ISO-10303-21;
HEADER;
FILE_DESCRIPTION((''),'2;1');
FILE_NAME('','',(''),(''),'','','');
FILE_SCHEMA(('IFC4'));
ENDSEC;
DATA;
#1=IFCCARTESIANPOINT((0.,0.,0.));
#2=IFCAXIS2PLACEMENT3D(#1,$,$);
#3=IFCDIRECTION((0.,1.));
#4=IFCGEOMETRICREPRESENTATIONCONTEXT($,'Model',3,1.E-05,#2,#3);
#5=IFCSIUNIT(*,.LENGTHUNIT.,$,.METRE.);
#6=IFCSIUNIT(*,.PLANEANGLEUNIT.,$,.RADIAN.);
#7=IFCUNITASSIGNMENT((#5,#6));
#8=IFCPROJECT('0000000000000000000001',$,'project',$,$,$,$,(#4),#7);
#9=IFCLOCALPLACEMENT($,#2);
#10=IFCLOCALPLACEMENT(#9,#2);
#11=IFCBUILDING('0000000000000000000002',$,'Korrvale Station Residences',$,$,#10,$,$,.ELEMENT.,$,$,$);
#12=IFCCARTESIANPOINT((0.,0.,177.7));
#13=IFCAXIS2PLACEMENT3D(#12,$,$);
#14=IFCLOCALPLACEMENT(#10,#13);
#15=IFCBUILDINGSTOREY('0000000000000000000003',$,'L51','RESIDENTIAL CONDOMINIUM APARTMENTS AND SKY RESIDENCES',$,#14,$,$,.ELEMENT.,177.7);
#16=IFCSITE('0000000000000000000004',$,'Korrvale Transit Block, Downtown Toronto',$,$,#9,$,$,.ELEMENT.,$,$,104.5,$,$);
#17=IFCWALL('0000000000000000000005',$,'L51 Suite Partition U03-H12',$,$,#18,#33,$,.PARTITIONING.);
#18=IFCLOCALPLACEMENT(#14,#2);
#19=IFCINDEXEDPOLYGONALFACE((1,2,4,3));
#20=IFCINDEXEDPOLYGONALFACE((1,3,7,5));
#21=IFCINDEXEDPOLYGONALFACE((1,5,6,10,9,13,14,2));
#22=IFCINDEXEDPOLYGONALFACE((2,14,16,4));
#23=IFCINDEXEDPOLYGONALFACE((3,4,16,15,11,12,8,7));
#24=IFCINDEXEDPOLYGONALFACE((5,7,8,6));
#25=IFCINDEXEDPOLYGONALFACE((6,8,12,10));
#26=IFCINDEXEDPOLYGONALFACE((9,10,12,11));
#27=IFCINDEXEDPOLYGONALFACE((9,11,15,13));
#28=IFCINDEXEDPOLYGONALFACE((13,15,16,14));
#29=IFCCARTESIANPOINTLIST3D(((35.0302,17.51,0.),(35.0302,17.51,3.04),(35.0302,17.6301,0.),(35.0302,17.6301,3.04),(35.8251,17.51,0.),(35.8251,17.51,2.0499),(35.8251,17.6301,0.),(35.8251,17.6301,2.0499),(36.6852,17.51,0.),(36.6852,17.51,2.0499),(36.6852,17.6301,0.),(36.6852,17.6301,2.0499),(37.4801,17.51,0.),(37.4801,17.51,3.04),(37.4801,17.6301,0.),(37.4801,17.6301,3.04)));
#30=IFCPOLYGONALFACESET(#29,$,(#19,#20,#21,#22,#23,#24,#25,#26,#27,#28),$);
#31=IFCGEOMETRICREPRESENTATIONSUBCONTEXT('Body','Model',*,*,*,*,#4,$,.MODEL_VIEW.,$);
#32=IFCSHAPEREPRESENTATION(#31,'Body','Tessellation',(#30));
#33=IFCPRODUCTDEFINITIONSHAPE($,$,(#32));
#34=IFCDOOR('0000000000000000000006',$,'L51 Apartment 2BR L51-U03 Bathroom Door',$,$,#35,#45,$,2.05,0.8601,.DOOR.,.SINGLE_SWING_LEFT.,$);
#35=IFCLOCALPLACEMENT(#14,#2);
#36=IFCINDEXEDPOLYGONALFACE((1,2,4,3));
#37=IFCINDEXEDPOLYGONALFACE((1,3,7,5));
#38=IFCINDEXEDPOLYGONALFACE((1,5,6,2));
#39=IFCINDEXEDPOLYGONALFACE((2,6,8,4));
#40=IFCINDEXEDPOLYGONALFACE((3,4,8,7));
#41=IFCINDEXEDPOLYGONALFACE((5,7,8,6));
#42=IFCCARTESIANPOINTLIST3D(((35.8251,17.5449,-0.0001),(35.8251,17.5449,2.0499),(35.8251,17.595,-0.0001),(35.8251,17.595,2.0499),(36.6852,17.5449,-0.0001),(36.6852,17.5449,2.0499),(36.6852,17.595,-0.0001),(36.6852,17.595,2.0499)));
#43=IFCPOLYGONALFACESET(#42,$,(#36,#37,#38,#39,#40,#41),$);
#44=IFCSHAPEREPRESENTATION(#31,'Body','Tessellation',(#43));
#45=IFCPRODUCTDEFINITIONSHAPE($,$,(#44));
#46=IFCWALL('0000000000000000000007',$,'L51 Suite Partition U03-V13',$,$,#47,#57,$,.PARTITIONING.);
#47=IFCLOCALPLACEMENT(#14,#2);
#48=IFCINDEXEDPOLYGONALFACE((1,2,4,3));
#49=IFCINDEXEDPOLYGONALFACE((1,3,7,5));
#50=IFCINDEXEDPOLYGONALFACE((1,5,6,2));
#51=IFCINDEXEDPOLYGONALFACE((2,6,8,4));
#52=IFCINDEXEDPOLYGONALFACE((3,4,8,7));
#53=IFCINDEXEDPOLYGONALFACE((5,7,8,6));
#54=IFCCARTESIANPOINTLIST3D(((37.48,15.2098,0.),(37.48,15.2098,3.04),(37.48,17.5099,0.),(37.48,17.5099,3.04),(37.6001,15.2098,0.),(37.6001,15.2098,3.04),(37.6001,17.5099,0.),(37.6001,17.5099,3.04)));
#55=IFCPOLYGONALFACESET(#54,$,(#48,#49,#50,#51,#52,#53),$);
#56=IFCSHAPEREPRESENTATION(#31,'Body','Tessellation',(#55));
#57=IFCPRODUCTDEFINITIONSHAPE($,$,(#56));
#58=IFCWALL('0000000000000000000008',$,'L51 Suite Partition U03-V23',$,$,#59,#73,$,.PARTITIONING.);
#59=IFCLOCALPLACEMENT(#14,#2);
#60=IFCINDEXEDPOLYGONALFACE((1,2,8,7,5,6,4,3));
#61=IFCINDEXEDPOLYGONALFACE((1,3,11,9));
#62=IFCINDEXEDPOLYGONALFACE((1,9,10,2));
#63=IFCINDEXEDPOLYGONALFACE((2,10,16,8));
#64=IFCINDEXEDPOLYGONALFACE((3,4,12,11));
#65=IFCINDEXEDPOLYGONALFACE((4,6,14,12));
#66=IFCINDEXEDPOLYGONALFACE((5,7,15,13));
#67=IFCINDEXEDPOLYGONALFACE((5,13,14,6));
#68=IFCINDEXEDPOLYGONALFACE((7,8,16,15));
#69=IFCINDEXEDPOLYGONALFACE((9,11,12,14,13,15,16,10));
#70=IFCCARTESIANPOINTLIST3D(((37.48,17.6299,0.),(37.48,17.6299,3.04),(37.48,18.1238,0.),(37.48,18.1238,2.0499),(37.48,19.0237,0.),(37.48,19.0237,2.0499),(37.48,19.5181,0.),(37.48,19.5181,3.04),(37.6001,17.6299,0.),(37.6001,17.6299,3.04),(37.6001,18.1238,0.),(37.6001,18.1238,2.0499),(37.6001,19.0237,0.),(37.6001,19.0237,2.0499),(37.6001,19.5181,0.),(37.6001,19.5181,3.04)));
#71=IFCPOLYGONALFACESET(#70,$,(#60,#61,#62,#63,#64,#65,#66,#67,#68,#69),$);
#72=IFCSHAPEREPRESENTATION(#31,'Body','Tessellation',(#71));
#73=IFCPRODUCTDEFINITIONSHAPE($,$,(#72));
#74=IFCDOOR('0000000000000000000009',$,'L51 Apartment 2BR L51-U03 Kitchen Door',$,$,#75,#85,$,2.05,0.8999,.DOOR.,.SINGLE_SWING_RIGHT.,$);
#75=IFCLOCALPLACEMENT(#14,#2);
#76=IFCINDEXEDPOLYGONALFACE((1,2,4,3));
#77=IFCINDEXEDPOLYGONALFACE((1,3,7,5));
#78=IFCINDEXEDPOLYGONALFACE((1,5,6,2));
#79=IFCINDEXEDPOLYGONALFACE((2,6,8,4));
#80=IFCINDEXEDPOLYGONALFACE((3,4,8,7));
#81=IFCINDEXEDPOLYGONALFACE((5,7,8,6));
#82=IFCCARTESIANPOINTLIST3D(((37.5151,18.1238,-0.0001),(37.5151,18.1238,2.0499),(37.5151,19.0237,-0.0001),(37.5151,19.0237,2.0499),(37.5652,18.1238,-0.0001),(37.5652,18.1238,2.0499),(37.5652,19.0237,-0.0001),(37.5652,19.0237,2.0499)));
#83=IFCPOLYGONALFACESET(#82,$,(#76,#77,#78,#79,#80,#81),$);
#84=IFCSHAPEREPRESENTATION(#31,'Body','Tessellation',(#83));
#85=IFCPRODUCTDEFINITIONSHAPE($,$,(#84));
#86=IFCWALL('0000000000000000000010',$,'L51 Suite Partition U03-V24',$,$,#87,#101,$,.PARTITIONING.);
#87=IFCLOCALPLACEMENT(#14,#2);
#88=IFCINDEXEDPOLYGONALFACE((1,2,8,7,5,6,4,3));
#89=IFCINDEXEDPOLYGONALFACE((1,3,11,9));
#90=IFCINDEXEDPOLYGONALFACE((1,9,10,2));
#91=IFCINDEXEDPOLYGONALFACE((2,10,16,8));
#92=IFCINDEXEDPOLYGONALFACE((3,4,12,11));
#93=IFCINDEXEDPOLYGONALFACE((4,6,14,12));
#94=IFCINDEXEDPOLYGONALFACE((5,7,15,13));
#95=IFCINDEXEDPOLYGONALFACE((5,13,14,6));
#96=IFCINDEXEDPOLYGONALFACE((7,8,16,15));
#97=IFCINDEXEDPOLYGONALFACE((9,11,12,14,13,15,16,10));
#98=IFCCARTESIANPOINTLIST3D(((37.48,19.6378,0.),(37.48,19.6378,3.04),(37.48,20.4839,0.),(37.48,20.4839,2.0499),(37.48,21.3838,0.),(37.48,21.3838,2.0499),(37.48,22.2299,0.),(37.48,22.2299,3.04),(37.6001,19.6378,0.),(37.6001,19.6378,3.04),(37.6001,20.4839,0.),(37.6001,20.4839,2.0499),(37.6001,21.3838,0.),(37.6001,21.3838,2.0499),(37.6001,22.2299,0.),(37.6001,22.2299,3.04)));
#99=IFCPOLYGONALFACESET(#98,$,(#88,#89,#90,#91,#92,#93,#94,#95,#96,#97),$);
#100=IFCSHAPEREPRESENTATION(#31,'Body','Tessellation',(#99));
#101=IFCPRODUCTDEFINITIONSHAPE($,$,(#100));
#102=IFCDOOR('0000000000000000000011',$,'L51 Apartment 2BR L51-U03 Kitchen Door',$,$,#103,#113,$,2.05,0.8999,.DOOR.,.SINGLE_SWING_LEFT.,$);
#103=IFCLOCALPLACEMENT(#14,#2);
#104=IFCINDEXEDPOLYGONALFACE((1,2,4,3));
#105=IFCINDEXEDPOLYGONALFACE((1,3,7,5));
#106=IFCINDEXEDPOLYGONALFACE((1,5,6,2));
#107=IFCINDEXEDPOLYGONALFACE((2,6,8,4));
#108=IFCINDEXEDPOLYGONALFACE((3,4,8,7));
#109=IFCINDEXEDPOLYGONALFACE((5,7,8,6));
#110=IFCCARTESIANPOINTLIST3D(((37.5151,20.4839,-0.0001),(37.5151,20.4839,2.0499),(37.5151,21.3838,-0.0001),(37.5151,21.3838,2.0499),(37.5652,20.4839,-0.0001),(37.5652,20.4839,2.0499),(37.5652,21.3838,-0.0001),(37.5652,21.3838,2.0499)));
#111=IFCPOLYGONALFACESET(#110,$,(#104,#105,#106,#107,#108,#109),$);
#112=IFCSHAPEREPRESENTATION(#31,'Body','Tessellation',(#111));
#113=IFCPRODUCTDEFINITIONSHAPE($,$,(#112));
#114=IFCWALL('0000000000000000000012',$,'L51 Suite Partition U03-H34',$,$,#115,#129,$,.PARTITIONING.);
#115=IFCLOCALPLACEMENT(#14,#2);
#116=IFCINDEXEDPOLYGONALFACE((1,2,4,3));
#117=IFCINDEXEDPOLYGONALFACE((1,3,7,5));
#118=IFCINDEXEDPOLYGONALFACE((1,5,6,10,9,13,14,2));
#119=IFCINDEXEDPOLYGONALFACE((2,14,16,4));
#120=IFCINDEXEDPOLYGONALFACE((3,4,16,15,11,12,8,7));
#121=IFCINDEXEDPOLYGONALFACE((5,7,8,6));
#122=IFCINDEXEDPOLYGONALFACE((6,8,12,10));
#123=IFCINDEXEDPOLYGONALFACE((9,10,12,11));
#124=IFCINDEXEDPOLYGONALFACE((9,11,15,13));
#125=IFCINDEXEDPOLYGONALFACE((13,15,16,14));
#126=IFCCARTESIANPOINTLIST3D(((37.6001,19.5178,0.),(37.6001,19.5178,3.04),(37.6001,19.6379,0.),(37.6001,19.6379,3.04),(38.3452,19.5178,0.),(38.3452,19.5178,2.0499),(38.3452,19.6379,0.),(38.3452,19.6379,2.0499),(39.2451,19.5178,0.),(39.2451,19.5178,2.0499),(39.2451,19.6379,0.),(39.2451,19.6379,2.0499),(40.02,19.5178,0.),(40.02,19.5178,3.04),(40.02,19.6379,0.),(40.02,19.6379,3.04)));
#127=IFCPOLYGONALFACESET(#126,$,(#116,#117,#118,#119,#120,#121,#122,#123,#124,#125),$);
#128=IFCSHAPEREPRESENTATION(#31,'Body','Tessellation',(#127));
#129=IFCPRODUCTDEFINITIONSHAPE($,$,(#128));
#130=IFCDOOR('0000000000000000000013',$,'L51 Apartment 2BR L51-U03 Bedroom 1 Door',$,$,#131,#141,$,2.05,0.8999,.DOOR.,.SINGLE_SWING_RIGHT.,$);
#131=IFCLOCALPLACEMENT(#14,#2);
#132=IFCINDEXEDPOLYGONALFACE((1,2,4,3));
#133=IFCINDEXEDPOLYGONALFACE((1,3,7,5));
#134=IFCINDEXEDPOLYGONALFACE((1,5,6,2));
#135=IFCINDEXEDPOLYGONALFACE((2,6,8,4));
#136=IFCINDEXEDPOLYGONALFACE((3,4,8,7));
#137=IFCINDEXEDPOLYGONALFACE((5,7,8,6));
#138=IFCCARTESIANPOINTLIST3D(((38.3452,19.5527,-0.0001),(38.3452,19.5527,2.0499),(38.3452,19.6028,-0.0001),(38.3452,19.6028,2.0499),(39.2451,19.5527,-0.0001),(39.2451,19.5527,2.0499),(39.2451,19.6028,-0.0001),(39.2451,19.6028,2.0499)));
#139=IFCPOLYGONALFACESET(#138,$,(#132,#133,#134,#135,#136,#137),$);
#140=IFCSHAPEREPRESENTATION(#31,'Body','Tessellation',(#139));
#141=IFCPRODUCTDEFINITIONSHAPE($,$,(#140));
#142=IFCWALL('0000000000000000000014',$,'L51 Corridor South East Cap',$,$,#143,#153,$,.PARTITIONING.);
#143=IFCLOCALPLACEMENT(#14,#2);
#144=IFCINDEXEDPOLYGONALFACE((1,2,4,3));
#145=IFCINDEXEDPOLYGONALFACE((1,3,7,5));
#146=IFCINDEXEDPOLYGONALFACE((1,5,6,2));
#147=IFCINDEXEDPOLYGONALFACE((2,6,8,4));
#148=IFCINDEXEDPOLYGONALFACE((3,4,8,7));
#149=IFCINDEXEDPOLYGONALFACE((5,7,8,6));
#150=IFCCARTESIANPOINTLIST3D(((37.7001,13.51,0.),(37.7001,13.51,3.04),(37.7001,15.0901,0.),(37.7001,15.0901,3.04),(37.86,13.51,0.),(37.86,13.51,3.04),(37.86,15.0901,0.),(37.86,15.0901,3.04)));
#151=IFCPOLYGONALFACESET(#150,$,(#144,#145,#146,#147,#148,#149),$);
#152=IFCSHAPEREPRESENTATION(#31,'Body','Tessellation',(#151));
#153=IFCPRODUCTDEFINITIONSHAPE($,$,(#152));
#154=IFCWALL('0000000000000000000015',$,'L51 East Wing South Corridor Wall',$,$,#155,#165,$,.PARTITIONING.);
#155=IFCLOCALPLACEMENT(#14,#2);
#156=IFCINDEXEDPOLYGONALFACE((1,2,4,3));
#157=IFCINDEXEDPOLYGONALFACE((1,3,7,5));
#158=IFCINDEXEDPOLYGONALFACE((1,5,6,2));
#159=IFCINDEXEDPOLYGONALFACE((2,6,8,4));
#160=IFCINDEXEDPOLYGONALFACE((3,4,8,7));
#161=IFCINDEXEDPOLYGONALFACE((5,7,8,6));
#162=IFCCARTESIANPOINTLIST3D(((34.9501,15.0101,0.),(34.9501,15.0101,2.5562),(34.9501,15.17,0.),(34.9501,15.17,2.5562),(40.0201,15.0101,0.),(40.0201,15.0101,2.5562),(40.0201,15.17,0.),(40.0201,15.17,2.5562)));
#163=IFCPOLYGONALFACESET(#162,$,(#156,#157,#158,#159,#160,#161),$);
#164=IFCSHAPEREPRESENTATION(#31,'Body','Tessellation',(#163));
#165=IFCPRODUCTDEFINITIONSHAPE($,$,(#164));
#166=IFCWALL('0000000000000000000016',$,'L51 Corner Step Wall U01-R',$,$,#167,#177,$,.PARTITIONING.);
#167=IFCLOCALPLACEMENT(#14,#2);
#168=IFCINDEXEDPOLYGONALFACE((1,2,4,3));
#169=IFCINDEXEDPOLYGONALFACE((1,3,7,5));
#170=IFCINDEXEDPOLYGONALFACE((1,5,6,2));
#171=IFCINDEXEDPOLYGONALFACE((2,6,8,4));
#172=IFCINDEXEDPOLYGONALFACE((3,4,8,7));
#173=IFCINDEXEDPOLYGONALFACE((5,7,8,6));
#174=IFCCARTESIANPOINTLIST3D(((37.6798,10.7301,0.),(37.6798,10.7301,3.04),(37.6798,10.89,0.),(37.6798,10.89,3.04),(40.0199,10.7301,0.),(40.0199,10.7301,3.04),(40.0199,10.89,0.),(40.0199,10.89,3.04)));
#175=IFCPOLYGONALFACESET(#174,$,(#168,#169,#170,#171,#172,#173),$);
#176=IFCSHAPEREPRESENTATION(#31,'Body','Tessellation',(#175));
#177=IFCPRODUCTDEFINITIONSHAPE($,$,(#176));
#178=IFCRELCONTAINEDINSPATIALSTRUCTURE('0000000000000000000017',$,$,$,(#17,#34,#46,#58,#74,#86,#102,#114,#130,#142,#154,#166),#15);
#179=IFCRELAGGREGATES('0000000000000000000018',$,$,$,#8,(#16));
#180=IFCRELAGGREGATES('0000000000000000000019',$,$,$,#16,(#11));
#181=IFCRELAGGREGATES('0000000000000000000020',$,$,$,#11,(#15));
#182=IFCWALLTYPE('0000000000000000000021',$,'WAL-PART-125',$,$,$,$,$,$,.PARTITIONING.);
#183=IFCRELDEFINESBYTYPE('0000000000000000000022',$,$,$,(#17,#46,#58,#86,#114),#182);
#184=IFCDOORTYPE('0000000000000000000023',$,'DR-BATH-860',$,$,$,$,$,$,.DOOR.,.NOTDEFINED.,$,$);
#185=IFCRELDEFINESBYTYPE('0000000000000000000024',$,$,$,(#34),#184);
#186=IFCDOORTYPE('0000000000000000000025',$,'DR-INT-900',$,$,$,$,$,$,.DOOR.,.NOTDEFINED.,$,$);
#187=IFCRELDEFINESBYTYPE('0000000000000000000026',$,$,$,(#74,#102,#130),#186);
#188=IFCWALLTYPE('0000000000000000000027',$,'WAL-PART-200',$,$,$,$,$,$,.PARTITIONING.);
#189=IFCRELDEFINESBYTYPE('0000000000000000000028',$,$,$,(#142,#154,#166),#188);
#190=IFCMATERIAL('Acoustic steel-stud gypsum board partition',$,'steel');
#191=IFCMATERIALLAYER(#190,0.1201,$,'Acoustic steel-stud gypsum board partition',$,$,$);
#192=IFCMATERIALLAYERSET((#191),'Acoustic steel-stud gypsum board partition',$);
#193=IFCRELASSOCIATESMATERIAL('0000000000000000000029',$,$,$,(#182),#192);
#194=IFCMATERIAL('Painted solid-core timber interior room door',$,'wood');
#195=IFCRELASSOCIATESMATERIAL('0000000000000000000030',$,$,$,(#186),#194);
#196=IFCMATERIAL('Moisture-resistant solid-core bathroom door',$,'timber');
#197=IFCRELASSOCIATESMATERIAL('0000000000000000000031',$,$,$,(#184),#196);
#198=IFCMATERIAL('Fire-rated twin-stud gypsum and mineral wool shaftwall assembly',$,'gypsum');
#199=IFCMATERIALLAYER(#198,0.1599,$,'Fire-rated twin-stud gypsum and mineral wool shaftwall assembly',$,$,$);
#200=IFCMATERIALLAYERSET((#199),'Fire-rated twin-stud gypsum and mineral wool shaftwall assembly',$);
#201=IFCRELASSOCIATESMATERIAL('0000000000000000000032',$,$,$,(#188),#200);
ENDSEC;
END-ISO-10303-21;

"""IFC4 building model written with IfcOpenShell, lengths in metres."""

from ifc_helpers import new_model, si_unit, direction, frame, frame_2d, origin, place, context, subcontext, project, spatial, rectangle, extrude, material, layer, layer_set, type_object, element, fill, save


model = new_model("IFC4")

# Units and contexts
model_context = context("Model", 3, precision=1e-05, world=origin(), true_north=direction((0.0, 1.0)))
body_context = subcontext(model_context, "Body", "Model", "MODEL_VIEW")
ifc_project = project(units=[si_unit("LENGTHUNIT", "METRE"), si_unit("PLANEANGLEUNIT", "RADIAN")], contexts=[model_context])

# Site, building, storey
site_placement = place(None, origin())
site = spatial("IfcSite", under=ifc_project, at=site_placement, Name="Korrvale Transit Block, Downtown Toronto", CompositionType="ELEMENT", RefElevation=104.5)
building_placement = place(site_placement, origin())
building = spatial("IfcBuilding", under=site, at=building_placement, Name="Korrvale Station Residences", CompositionType="ELEMENT")
storey_placement = place(building_placement, frame((0.0, 0.0, 177.7)))
storey = spatial("IfcBuildingStorey", under=building, at=storey_placement, Name="L51", Description="RESIDENTIAL CONDOMINIUM APARTMENTS AND SKY RESIDENCES", CompositionType="ELEMENT", Elevation=177.7)

# Wall, opening, door
ifc_material_1 = material(Name="Acoustic steel-stud gypsum board partition", Category="steel")
ifc_layer_1 = layer(ifc_material_1, 0.1201, Name="Acoustic steel-stud gypsum board partition")
ifc_layer_set_1 = layer_set([ifc_layer_1], Name="Acoustic steel-stud gypsum board partition")
wall_type_1 = type_object("IfcWallType", Name="WAL-PART-125", PredefinedType="PARTITIONING", material=ifc_layer_set_1)
ifc_material_2 = material(Name="Painted solid-core timber interior room door", Category="wood")
door_type_1 = type_object("IfcDoorType", Name="DR-INT-900", OperationType="NOTDEFINED", PredefinedType="DOOR", material=ifc_material_2)
wall_1_placement = place(storey_placement, frame((35.03, 17.5701, 0.0), z_axis=(0.0, 0.0, 1.0), x_axis=(1.0, 0.0, 0.0)))
wall_1 = element("IfcWall", 1, at=wall_1_placement, inside=storey, type_object=wall_type_1, Name="L51 Suite Partition U03-H12", PredefinedType="PARTITIONING", context=body_context, shape_type="SweptSolid", body=[
    extrude(rectangle(XDim=2.45, YDim=0.1201, at=frame_2d((1.2251, 0.0))), origin(), (0.0, 0.0, 1.0), 3.04),
])
opening_1_placement = place(wall_1_placement, frame((0.7949, 0.0, 0.0)))
opening_1 = element("IfcOpeningElement", 2, at=opening_1_placement, cuts=wall_1, PredefinedType="OPENING", context=body_context, shape_type="SweptSolid", body=[
    extrude(rectangle(XDim=0.8601, YDim=2.05, at=frame_2d((0.4302, 1.0249))), frame((0.0, 0.0701, 0.0), z_axis=(0.0, -1.0, 0.0), x_axis=(1.0, 0.0, 0.0)), (0.0, 0.0, 1.0), 0.1401),
])
ifc_material_3 = material(Name="Moisture-resistant solid-core bathroom door", Category="timber")
door_type_2 = type_object("IfcDoorType", Name="DR-BATH-860", OperationType="NOTDEFINED", PredefinedType="DOOR", material=ifc_material_3)
door_1_placement = place(opening_1_placement, origin())
door_1 = element("IfcDoor", 3, at=door_1_placement, inside=storey, type_object=door_type_2, Name="L51 Apartment 2BR L51-U03 Bathroom Door", OperationType="SINGLE_SWING_LEFT", OverallHeight=2.05, OverallWidth=0.8601, PredefinedType="DOOR", context=body_context, shape_type="SweptSolid", body=[
    extrude(rectangle(XDim=0.8601, YDim=2.05, at=frame_2d((0.4302, 1.0249))), frame((0.0, 0.0249, 0.0), z_axis=(0.0, -1.0, 0.0), x_axis=(1.0, 0.0, 0.0)), (0.0, 0.0, 1.0), 0.05),
])
fill(opening_1, door_1)

# Wall
wall_2_placement = place(storey_placement, frame((37.54, 15.21, 0.0), z_axis=(0.0, 0.0, 1.0), x_axis=(0.0, 1.0, 0.0)))
element("IfcWall", 4, at=wall_2_placement, inside=storey, type_object=wall_type_1, Name="L51 Suite Partition U03-V13", PredefinedType="PARTITIONING", context=body_context, shape_type="SweptSolid", body=[
    extrude(rectangle(XDim=2.3, YDim=0.1201, at=frame_2d((1.1499, 0.0))), origin(), (0.0, 0.0, 1.0), 3.04),
])

# Walls, openings, doors
wall_3_placement = place(storey_placement, frame((37.54, 17.6299, 0.0), z_axis=(0.0, 0.0, 1.0), x_axis=(0.0, 1.0, 0.0)))
wall_3 = element("IfcWall", 5, at=wall_3_placement, inside=storey, type_object=wall_type_1, Name="L51 Suite Partition U03-V23", PredefinedType="PARTITIONING", context=body_context, shape_type="SweptSolid", body=[
    extrude(rectangle(XDim=1.8882, YDim=0.1201, at=frame_2d((0.9441, 0.0))), origin(), (0.0, 0.0, 1.0), 3.04),
])
opening_2_placement = place(wall_3_placement, frame((0.4939, 0.0, 0.0)))
opening_2 = element("IfcOpeningElement", 6, at=opening_2_placement, cuts=wall_3, PredefinedType="OPENING", context=body_context, shape_type="SweptSolid", body=[
    extrude(rectangle(XDim=0.8999, YDim=2.05, at=frame_2d((0.45, 1.0249))), frame((0.0, 0.0701, 0.0), z_axis=(0.0, -1.0, 0.0), x_axis=(1.0, 0.0, 0.0)), (0.0, 0.0, 1.0), 0.1401),
])
door_2_placement = place(opening_2_placement, origin())
door_2 = element("IfcDoor", 7, at=door_2_placement, inside=storey, type_object=door_type_1, Name="L51 Apartment 2BR L51-U03 Kitchen Door", OperationType="SINGLE_SWING_RIGHT", OverallHeight=2.05, OverallWidth=0.8999, PredefinedType="DOOR", context=body_context, shape_type="SweptSolid", body=[
    extrude(rectangle(XDim=0.8999, YDim=2.05, at=frame_2d((0.45, 1.0249))), frame((0.0, 0.0249, 0.0), z_axis=(0.0, -1.0, 0.0), x_axis=(1.0, 0.0, 0.0)), (0.0, 0.0, 1.0), 0.05),
])
fill(opening_2, door_2)
wall_4_placement = place(storey_placement, frame((37.54, 19.6379, 0.0), z_axis=(0.0, 0.0, 1.0), x_axis=(0.0, 1.0, 0.0)))
wall_4 = element("IfcWall", 8, at=wall_4_placement, inside=storey, type_object=wall_type_1, Name="L51 Suite Partition U03-V24", PredefinedType="PARTITIONING", context=body_context, shape_type="SweptSolid", body=[
    extrude(rectangle(XDim=2.592, YDim=0.1201, at=frame_2d((1.2959, 0.0))), origin(), (0.0, 0.0, 1.0), 3.04),
])
opening_3_placement = place(wall_4_placement, frame((0.8459, 0.0, 0.0)))
opening_3 = element("IfcOpeningElement", 9, at=opening_3_placement, cuts=wall_4, PredefinedType="OPENING", context=body_context, shape_type="SweptSolid", body=[
    extrude(rectangle(XDim=0.8999, YDim=2.05, at=frame_2d((0.45, 1.0249))), frame((0.0, 0.0701, 0.0), z_axis=(0.0, -1.0, 0.0), x_axis=(1.0, 0.0, 0.0)), (0.0, 0.0, 1.0), 0.1401),
])
door_3_placement = place(opening_3_placement, origin())
door_3 = element("IfcDoor", 10, at=door_3_placement, inside=storey, type_object=door_type_1, Name="L51 Apartment 2BR L51-U03 Kitchen Door", OperationType="SINGLE_SWING_LEFT", OverallHeight=2.05, OverallWidth=0.8999, PredefinedType="DOOR", context=body_context, shape_type="SweptSolid", body=[
    extrude(rectangle(XDim=0.8999, YDim=2.05, at=frame_2d((0.45, 1.0249))), frame((0.0, 0.0249, 0.0), z_axis=(0.0, -1.0, 0.0), x_axis=(1.0, 0.0, 0.0)), (0.0, 0.0, 1.0), 0.05),
])
fill(opening_3, door_3)
wall_5_placement = place(storey_placement, frame((37.6001, 19.5779, 0.0), z_axis=(0.0, 0.0, 1.0), x_axis=(1.0, 0.0, 0.0)))
wall_5 = element("IfcWall", 11, at=wall_5_placement, inside=storey, type_object=wall_type_1, Name="L51 Suite Partition U03-H34", PredefinedType="PARTITIONING", context=body_context, shape_type="SweptSolid", body=[
    extrude(rectangle(XDim=2.4199, YDim=0.1201, at=frame_2d((1.21, 0.0))), origin(), (0.0, 0.0, 1.0), 3.04),
])
opening_4_placement = place(wall_5_placement, frame((0.7451, 0.0, 0.0)))
opening_4 = element("IfcOpeningElement", 12, at=opening_4_placement, cuts=wall_5, PredefinedType="OPENING", context=body_context, shape_type="SweptSolid", body=[
    extrude(rectangle(XDim=0.8999, YDim=2.05, at=frame_2d((0.45, 1.0249))), frame((0.0, 0.0701, 0.0), z_axis=(0.0, -1.0, 0.0), x_axis=(1.0, 0.0, 0.0)), (0.0, 0.0, 1.0), 0.1401),
])
door_4_placement = place(opening_4_placement, origin())
door_4 = element("IfcDoor", 13, at=door_4_placement, inside=storey, type_object=door_type_1, Name="L51 Apartment 2BR L51-U03 Bedroom 1 Door", OperationType="SINGLE_SWING_RIGHT", OverallHeight=2.05, OverallWidth=0.8999, PredefinedType="DOOR", context=body_context, shape_type="SweptSolid", body=[
    extrude(rectangle(XDim=0.8999, YDim=2.05, at=frame_2d((0.45, 1.0249))), frame((0.0, 0.0249, 0.0), z_axis=(0.0, -1.0, 0.0), x_axis=(1.0, 0.0, 0.0)), (0.0, 0.0, 1.0), 0.05),
])
fill(opening_4, door_4)

# Walls
ifc_material_4 = material(Name="Fire-rated twin-stud gypsum and mineral wool shaftwall assembly", Category="gypsum")
ifc_layer_2 = layer(ifc_material_4, 0.1599, Name="Fire-rated twin-stud gypsum and mineral wool shaftwall assembly")
ifc_layer_set_2 = layer_set([ifc_layer_2], Name="Fire-rated twin-stud gypsum and mineral wool shaftwall assembly")
wall_type_2 = type_object("IfcWallType", Name="WAL-PART-200", PredefinedType="PARTITIONING", material=ifc_layer_set_2)
wall_6_placement = place(storey_placement, frame((37.78, 13.51, 0.0), z_axis=(0.0, 0.0, 1.0), x_axis=(0.0, 1.0, 0.0)))
element("IfcWall", 14, at=wall_6_placement, inside=storey, type_object=wall_type_2, Name="L51 Corridor South East Cap", PredefinedType="PARTITIONING", context=body_context, shape_type="SweptSolid", body=[
    extrude(rectangle(XDim=1.5801, YDim=0.1599, at=frame_2d((0.79, 0.0))), origin(), (0.0, 0.0, 1.0), 3.04),
])
wall_7_placement = place(storey_placement, frame((34.95, 15.0901, 0.0), z_axis=(0.0, 0.0, 1.0), x_axis=(1.0, 0.0, 0.0)))
element("IfcWall", 15, at=wall_7_placement, inside=storey, type_object=wall_type_2, Name="L51 East Wing South Corridor Wall", PredefinedType="PARTITIONING", context=body_context, shape_type="SweptSolid", body=[
    extrude(rectangle(XDim=5.0701, YDim=0.1599, at=frame_2d((2.5352, 0.0))), origin(), (0.0, 0.0, 1.0), 2.5562),
])
wall_8_placement = place(storey_placement, frame((37.6799, 10.8101, 0.0), z_axis=(0.0, 0.0, 1.0), x_axis=(1.0, 0.0, 0.0)))
element("IfcWall", 16, at=wall_8_placement, inside=storey, type_object=wall_type_2, Name="L51 Corner Step Wall U01-R", PredefinedType="PARTITIONING", context=body_context, shape_type="SweptSolid", body=[
    extrude(rectangle(XDim=2.3401, YDim=0.1599, at=frame_2d((1.1699, 0.0))), origin(), (0.0, 0.0, 1.0), 3.04),
])

save(model, "model.ifc")
